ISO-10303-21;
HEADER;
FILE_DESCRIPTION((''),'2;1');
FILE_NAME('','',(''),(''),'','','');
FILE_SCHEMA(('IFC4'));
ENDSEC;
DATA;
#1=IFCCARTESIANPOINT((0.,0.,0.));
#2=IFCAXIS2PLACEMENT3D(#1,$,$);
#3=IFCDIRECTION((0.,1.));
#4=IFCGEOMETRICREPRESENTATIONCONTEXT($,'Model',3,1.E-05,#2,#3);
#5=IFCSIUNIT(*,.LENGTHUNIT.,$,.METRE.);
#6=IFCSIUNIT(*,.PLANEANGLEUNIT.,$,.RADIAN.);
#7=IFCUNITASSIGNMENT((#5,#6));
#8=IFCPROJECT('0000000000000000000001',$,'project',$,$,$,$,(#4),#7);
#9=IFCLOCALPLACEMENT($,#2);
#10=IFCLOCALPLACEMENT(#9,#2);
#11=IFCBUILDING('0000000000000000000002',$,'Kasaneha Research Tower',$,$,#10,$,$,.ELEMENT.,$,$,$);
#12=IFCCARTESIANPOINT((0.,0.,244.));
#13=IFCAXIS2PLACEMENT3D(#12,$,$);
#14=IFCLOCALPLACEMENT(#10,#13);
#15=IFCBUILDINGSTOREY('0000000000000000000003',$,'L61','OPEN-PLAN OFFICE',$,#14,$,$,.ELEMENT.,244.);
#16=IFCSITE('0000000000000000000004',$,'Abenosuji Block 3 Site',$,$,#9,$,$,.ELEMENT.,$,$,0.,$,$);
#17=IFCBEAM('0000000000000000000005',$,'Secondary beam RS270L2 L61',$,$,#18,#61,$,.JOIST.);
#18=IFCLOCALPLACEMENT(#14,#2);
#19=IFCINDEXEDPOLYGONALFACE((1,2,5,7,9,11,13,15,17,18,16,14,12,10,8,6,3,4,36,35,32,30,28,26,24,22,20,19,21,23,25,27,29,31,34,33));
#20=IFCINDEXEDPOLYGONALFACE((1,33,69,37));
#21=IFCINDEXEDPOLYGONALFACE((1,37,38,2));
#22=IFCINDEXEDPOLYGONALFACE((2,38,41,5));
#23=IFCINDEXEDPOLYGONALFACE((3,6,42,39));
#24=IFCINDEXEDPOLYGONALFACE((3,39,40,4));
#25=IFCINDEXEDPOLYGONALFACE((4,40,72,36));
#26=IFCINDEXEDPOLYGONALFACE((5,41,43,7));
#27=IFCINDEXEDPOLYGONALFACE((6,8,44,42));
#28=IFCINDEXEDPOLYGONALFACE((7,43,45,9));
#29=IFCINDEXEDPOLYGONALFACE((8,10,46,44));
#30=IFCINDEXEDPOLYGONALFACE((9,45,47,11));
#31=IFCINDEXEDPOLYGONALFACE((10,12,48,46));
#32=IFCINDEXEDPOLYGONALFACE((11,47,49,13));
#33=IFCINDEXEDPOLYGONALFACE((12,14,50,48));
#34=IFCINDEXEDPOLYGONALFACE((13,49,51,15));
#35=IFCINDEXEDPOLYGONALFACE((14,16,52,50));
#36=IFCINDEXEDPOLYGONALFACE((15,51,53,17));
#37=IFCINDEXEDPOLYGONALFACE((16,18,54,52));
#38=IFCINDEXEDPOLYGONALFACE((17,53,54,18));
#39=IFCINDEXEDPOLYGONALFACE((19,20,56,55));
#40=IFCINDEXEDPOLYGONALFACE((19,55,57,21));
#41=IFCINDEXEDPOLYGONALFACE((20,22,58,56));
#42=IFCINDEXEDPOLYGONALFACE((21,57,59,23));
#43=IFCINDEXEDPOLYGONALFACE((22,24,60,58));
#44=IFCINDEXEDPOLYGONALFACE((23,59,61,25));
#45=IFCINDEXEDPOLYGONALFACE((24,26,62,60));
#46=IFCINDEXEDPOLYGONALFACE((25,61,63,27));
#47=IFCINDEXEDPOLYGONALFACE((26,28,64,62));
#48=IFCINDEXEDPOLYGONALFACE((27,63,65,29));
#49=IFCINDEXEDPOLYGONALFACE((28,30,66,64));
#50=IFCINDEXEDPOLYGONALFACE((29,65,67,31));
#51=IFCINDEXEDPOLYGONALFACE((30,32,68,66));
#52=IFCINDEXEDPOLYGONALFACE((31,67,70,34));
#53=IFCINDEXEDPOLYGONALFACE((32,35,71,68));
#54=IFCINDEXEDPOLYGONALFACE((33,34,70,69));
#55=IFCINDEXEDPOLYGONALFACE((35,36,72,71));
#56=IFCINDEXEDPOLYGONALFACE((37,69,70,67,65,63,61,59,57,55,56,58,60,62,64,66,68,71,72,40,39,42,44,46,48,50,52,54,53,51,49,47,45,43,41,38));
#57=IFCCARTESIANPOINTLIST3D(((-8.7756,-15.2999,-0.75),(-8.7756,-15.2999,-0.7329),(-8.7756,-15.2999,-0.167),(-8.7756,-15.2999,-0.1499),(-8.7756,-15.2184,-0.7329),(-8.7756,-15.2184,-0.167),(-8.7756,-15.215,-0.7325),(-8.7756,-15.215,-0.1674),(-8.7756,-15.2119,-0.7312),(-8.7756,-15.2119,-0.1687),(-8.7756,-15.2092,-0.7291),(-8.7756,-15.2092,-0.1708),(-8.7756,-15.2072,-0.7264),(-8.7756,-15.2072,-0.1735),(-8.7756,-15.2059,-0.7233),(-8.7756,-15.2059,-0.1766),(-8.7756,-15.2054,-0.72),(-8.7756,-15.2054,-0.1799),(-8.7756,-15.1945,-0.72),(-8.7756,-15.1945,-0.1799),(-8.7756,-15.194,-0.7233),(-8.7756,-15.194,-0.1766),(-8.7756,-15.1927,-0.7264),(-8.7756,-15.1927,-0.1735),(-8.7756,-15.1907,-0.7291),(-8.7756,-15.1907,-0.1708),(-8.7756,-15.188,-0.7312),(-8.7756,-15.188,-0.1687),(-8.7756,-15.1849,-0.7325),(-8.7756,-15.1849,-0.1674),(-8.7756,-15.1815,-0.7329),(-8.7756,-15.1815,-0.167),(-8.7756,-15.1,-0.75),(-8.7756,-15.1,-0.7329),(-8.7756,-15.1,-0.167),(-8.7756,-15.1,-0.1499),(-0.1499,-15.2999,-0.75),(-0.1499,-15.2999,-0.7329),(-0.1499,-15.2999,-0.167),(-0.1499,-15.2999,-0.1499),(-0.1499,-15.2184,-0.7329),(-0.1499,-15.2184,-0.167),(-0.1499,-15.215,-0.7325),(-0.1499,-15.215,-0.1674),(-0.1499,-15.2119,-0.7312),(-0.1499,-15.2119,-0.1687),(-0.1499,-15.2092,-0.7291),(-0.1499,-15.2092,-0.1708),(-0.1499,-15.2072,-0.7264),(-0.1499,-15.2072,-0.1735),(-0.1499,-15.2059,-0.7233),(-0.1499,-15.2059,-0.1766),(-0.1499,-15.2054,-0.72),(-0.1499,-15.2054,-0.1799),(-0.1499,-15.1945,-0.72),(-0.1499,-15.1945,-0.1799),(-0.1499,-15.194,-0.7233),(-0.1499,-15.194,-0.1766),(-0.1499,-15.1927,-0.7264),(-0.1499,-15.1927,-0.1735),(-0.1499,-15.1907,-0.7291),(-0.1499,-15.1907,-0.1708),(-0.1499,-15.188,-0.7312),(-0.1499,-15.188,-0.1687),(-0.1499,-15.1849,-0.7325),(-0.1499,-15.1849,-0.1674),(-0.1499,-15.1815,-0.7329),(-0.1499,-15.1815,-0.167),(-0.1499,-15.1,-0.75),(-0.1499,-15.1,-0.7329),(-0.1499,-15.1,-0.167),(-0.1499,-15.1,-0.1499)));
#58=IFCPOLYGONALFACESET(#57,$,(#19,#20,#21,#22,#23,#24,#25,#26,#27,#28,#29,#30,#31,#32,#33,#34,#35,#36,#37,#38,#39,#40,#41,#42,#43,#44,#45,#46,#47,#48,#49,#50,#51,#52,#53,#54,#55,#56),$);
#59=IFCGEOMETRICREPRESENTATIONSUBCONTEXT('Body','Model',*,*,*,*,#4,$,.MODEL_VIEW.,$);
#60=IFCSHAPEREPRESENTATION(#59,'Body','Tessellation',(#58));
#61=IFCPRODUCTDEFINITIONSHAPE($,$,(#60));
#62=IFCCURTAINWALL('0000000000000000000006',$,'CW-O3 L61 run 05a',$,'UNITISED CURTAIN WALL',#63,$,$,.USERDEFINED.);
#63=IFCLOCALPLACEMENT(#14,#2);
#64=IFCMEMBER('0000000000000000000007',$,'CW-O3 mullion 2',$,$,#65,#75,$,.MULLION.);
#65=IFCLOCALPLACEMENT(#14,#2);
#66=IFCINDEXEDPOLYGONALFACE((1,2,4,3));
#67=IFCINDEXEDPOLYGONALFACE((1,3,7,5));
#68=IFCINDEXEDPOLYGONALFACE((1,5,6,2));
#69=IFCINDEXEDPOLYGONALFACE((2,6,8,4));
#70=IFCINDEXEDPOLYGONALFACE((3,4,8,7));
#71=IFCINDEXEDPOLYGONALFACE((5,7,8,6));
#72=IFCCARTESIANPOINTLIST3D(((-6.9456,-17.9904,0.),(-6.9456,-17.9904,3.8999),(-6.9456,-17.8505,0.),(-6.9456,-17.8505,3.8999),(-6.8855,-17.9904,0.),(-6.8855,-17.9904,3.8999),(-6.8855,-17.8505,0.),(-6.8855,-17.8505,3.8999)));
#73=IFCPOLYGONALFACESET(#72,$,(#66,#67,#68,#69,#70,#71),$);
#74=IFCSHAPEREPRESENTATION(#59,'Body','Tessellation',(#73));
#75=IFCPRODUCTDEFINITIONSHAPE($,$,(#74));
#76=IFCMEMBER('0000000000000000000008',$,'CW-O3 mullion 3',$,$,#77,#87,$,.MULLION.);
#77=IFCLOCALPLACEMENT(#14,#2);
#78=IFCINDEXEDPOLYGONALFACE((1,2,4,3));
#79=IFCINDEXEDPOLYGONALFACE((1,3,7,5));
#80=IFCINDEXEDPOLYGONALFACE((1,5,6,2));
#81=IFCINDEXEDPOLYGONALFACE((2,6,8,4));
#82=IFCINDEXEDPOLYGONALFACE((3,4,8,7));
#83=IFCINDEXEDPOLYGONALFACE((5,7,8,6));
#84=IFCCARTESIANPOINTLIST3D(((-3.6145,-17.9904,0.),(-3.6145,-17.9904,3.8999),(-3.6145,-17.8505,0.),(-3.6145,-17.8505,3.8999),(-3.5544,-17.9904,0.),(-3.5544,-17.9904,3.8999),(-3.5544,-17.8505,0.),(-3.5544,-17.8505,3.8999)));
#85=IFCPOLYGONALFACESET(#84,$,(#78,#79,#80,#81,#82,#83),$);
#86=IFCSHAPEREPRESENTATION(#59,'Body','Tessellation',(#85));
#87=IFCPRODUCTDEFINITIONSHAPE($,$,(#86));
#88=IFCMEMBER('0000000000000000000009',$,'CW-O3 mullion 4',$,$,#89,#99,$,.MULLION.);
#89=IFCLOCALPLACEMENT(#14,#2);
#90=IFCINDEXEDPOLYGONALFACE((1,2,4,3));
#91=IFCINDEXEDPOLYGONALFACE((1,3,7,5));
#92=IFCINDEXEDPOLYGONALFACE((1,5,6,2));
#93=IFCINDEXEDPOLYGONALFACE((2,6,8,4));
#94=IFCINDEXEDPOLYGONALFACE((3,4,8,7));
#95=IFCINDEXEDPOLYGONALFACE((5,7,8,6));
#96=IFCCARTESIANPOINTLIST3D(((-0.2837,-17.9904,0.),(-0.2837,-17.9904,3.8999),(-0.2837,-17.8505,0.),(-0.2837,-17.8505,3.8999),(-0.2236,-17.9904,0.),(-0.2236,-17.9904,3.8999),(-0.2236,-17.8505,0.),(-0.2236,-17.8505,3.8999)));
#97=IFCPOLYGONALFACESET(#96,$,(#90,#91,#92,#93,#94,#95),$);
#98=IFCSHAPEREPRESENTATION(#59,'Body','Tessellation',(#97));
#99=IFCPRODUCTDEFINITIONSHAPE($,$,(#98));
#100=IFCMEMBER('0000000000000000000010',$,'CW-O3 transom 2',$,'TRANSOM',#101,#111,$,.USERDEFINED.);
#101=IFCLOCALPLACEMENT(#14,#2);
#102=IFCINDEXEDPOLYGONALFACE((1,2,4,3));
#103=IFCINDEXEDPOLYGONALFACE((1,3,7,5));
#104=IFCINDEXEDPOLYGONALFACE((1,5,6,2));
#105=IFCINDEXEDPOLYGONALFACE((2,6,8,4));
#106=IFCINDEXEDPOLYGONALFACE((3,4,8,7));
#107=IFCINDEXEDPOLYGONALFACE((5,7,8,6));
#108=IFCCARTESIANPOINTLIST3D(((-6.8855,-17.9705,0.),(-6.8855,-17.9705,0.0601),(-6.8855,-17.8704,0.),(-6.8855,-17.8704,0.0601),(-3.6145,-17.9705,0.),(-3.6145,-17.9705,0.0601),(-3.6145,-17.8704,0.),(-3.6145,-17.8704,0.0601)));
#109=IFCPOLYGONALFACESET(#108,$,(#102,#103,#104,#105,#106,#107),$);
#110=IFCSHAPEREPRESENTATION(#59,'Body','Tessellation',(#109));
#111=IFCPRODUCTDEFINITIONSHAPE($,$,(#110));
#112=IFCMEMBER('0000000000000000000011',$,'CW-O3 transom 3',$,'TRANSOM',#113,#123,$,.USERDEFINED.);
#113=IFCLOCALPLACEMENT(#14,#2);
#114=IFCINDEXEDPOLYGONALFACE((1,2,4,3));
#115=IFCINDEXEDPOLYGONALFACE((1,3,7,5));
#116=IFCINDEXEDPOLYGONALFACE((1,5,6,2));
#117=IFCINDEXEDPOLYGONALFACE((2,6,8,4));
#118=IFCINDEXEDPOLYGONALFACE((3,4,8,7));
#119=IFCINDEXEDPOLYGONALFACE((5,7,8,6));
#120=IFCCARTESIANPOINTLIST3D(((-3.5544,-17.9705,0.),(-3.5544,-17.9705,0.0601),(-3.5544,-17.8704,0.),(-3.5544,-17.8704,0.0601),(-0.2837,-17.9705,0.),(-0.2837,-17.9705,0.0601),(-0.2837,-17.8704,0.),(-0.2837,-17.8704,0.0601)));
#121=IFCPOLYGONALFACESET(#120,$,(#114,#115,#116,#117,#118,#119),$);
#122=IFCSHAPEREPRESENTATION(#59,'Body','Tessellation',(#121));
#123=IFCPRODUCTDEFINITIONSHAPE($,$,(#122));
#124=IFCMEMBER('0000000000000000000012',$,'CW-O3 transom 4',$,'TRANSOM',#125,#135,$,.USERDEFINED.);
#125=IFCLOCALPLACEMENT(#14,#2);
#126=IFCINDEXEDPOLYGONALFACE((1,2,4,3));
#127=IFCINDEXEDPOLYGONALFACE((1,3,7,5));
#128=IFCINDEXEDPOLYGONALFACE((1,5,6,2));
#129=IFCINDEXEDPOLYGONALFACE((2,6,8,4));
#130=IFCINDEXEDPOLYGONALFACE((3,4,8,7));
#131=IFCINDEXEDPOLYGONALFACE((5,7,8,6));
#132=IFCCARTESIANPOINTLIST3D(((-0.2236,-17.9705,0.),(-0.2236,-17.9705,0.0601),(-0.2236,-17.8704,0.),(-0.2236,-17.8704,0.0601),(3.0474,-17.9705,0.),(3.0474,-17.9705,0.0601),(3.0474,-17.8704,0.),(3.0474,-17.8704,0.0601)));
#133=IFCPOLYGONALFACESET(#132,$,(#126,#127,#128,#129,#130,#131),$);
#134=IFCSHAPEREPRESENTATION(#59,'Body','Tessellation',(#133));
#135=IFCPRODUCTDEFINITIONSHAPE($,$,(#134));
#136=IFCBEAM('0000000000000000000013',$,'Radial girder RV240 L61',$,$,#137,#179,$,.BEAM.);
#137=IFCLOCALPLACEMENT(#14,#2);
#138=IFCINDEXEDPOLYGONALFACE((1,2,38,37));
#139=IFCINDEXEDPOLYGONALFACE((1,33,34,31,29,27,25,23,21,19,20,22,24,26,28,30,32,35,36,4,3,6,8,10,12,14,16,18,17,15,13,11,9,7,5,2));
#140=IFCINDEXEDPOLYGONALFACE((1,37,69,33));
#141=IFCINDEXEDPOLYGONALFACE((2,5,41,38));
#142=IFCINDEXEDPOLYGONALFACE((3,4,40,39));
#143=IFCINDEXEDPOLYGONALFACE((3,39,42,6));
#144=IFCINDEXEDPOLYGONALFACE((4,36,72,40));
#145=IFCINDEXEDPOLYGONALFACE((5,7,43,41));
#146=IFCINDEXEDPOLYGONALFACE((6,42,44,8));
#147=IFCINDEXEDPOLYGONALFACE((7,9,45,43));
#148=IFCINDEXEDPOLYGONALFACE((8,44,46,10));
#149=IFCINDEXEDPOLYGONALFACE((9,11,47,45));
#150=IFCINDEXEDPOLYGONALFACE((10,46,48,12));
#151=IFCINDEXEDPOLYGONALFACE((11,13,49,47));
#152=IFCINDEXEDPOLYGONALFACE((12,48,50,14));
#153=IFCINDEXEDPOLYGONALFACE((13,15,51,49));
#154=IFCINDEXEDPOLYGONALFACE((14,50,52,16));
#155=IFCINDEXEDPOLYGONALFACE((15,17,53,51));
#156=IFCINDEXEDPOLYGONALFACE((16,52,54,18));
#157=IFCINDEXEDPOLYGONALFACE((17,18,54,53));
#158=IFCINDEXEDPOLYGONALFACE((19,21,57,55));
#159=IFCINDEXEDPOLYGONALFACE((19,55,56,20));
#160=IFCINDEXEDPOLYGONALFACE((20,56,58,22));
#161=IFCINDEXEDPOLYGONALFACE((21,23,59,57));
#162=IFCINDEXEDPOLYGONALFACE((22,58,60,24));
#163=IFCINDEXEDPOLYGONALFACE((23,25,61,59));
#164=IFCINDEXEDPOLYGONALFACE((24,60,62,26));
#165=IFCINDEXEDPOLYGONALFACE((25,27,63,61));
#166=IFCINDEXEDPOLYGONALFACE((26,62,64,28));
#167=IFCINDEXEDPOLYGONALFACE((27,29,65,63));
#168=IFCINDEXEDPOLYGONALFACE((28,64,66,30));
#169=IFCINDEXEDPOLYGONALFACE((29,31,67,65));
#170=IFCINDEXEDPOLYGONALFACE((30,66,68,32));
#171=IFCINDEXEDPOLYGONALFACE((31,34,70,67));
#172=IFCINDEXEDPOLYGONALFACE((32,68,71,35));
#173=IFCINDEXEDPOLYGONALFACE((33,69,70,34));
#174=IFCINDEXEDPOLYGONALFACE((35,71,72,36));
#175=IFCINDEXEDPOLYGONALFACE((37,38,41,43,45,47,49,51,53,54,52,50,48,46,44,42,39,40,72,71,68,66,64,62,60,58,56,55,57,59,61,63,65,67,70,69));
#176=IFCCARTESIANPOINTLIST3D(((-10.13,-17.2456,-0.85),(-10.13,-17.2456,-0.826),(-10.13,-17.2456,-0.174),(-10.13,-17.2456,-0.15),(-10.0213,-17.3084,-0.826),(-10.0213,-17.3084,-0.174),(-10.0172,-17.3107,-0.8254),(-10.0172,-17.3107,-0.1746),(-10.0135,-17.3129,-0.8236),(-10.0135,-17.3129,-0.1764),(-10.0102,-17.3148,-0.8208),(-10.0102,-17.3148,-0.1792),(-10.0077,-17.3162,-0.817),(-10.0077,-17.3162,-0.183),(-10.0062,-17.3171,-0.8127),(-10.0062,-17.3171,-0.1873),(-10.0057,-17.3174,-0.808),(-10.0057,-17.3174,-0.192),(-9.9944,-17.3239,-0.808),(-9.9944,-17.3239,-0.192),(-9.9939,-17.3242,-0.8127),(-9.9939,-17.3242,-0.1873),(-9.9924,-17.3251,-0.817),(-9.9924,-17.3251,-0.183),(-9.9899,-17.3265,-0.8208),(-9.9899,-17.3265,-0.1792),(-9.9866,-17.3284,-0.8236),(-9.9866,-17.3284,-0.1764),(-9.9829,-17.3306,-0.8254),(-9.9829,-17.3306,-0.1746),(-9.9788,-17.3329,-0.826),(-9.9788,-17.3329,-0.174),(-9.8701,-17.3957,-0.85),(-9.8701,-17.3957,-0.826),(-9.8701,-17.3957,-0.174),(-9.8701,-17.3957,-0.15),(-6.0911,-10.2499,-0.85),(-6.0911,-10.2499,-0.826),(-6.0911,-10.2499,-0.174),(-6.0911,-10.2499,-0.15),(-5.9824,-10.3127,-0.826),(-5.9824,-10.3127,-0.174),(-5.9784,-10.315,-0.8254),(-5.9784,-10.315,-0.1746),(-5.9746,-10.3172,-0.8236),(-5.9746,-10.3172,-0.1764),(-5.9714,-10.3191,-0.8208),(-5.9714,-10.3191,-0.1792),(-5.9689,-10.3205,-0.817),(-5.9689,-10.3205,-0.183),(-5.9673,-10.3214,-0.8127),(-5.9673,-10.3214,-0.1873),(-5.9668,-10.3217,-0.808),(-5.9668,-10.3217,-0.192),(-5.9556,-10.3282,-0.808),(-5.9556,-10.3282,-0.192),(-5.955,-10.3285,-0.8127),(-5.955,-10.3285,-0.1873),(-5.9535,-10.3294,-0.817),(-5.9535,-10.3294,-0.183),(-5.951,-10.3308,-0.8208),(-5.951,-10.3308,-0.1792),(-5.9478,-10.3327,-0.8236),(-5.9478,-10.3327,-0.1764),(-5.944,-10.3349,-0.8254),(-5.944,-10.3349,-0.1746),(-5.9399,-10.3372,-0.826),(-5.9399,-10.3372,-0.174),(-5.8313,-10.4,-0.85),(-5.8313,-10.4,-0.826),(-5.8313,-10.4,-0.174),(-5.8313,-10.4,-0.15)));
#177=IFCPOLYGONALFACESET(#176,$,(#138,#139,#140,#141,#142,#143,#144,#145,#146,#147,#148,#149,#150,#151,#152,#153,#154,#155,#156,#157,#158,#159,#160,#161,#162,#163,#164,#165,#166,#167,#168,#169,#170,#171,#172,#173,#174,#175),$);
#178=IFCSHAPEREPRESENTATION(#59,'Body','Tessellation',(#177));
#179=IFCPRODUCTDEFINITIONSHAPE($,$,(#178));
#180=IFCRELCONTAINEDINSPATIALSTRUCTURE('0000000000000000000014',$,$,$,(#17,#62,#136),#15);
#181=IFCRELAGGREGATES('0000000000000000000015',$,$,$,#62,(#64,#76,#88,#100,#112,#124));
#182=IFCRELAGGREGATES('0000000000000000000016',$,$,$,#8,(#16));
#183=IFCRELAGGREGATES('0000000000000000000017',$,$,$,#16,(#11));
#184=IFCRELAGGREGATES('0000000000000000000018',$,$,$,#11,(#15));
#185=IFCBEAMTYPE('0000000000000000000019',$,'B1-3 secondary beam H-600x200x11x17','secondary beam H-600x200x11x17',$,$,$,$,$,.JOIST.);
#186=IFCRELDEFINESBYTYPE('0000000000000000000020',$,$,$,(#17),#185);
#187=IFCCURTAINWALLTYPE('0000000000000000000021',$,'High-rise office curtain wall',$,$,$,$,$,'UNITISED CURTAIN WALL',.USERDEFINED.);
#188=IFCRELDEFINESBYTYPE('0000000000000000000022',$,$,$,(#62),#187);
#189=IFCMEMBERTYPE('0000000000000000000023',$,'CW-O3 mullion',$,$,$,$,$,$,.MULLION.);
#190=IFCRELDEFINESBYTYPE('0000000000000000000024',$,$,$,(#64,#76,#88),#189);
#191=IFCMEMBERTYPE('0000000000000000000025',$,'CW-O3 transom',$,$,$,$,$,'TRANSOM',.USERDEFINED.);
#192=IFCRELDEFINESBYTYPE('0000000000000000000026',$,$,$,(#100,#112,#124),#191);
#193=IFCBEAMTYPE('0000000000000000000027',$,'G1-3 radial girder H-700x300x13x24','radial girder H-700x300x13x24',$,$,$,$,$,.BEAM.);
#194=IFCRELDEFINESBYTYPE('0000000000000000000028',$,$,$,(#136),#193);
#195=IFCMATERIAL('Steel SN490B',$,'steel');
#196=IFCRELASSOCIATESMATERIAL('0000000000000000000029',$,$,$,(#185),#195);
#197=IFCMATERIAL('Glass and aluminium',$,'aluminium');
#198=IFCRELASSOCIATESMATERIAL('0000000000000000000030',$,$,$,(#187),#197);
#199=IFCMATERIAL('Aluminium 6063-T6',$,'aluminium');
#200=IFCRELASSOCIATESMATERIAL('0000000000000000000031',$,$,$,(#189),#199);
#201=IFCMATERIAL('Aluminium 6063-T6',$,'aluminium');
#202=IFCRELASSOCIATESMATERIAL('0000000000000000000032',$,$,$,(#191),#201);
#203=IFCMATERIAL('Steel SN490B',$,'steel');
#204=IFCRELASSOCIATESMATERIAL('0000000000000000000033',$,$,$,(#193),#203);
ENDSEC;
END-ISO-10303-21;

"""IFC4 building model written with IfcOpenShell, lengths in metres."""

from ifc_helpers import new_model, si_unit, direction, frame, origin, origin_2d, place, context, subcontext, project, spatial, rectangle, i_section, extrude, material, material_profile, profile_set, type_object, element, aggregate, save


model = new_model("IFC4")

# Units and contexts
model_context = context("Model", 3, precision=1e-05, world=origin(), true_north=direction((0.0, 1.0)))
body_context = subcontext(model_context, "Body", "Model", "MODEL_VIEW")
ifc_project = project(units=[si_unit("LENGTHUNIT", "METRE"), si_unit("PLANEANGLEUNIT", "RADIAN")], contexts=[model_context])

# Site, building, storey
site_placement = place(None, origin())
site = spatial("IfcSite", under=ifc_project, at=site_placement, Name="Abenosuji Block 3 Site", CompositionType="ELEMENT", RefElevation=0.0)
building_placement = place(site_placement, origin())
building = spatial("IfcBuilding", under=site, at=building_placement, Name="Kasaneha Research Tower", CompositionType="ELEMENT")
storey_placement = place(building_placement, frame((0.0, 0.0, 244.0)))
storey = spatial("IfcBuildingStorey", under=building, at=storey_placement, Name="L61", Description="OPEN-PLAN OFFICE", CompositionType="ELEMENT", Elevation=244.0)

# Beam
ifc_material_1 = material(Name="Steel SN490B", Category="steel")
ifc_material_profile_1 = material_profile(ifc_material_1, i_section(OverallWidth=0.2, OverallDepth=0.6001, WebThickness=0.011, FlangeThickness=0.0171, FilletRadius=0.0129, at=origin_2d()), Name="H-600x200x11x17")
ifc_profile_set_1 = profile_set([ifc_material_profile_1], Name="Steel SN490B")
beam_type_1 = type_object("IfcBeamType", Name="B1-3 secondary beam H-600x200x11x17", Description="secondary beam H-600x200x11x17", PredefinedType="JOIST", material=ifc_profile_set_1)
beam_1_placement = place(storey_placement, frame((-8.7756, -15.2, -0.45), z_axis=(1.0, 0.0, 0.0), x_axis=(0.0, 1.0, 0.0)))
element("IfcBeam", 1, at=beam_1_placement, inside=storey, type_object=beam_type_1, Name="Secondary beam RS270L2 L61", PredefinedType="JOIST", context=body_context, shape_type="SweptSolid", body=[
    extrude(i_section(OverallWidth=0.2, OverallDepth=0.6001, WebThickness=0.011, FlangeThickness=0.0171, FilletRadius=0.0129, at=origin_2d()), origin(), (0.0, 0.0, 1.0), 8.6257),
])

# Curtain wall, members
ifc_material_2 = material(Name="Glass and aluminium", Category="aluminium")
curtain_wall_type = type_object("IfcCurtainWallType", Name="High-rise office curtain wall", ElementType="UNITISED CURTAIN WALL", PredefinedType="USERDEFINED", material=ifc_material_2)
curtain_wall_placement = place(storey_placement, origin())
curtain_wall = element("IfcCurtainWall", 2, at=curtain_wall_placement, inside=storey, type_object=curtain_wall_type, Name="CW-O3 L61 run 05a", ObjectType="UNITISED CURTAIN WALL", PredefinedType="USERDEFINED")
ifc_material_3 = material(Name="Aluminium 6063-T6", Category="aluminium")
ifc_material_profile_2 = material_profile(ifc_material_3, rectangle(XDim=0.0601, YDim=0.1399, at=origin_2d()), Name="CW-O3 mullion 60x140")
ifc_profile_set_2 = profile_set([ifc_material_profile_2], Name="Aluminium 6063-T6")
member_type_1 = type_object("IfcMemberType", Name="CW-O3 mullion", PredefinedType="MULLION", material=ifc_profile_set_2)
member_1_placement = place(storey_placement, frame((-6.9155, -17.9204, 0.0), z_axis=(0.0, 0.0, 1.0), x_axis=(1.0, 0.0, 0.0)))
member_1 = element("IfcMember", 3, at=member_1_placement, type_object=member_type_1, Name="CW-O3 mullion 2", PredefinedType="MULLION", context=body_context, shape_type="SweptSolid", body=[
    extrude(rectangle(XDim=0.0601, YDim=0.1399, at=origin_2d()), origin(), (0.0, 0.0, 1.0), 3.8999),
])
member_2_placement = place(storey_placement, frame((-3.5845, -17.9204, 0.0), z_axis=(0.0, 0.0, 1.0), x_axis=(1.0, 0.0, 0.0)))
member_2 = element("IfcMember", 4, at=member_2_placement, type_object=member_type_1, Name="CW-O3 mullion 3", PredefinedType="MULLION", context=body_context, shape_type="SweptSolid", body=[
    extrude(rectangle(XDim=0.0601, YDim=0.1399, at=origin_2d()), origin(), (0.0, 0.0, 1.0), 3.8999),
])
member_3_placement = place(storey_placement, frame((-0.2537, -17.9204, 0.0), z_axis=(0.0, 0.0, 1.0), x_axis=(1.0, 0.0, 0.0)))
member_3 = element("IfcMember", 5, at=member_3_placement, type_object=member_type_1, Name="CW-O3 mullion 4", PredefinedType="MULLION", context=body_context, shape_type="SweptSolid", body=[
    extrude(rectangle(XDim=0.0601, YDim=0.1399, at=origin_2d()), origin(), (0.0, 0.0, 1.0), 3.8999),
])
ifc_material_4 = material(Name="Aluminium 6063-T6", Category="aluminium")
ifc_material_profile_3 = material_profile(ifc_material_4, rectangle(XDim=0.1001, YDim=0.0601, at=origin_2d()), Name="CW-O3 transom 100x60")
ifc_profile_set_3 = profile_set([ifc_material_profile_3], Name="Aluminium 6063-T6")
member_type_2 = type_object("IfcMemberType", Name="CW-O3 transom", ElementType="TRANSOM", PredefinedType="USERDEFINED", material=ifc_profile_set_3)
member_4_placement = place(storey_placement, frame((-6.8855, -17.9204, 0.03), z_axis=(1.0, 0.0, 0.0), x_axis=(0.0, 1.0, 0.0)))
member_4 = element("IfcMember", 6, at=member_4_placement, type_object=member_type_2, Name="CW-O3 transom 2", ObjectType="TRANSOM", PredefinedType="USERDEFINED", context=body_context, shape_type="SweptSolid", body=[
    extrude(rectangle(XDim=0.1001, YDim=0.0601, at=origin_2d()), origin(), (0.0, 0.0, 1.0), 3.271),
])
member_5_placement = place(storey_placement, frame((-3.5544, -17.9204, 0.03), z_axis=(1.0, 0.0, 0.0), x_axis=(0.0, 1.0, 0.0)))
member_5 = element("IfcMember", 7, at=member_5_placement, type_object=member_type_2, Name="CW-O3 transom 3", ObjectType="TRANSOM", PredefinedType="USERDEFINED", context=body_context, shape_type="SweptSolid", body=[
    extrude(rectangle(XDim=0.1001, YDim=0.0601, at=origin_2d()), origin(), (0.0, 0.0, 1.0), 3.2708),
])
member_6_placement = place(storey_placement, frame((-0.2236, -17.9204, 0.03), z_axis=(1.0, 0.0, 0.0), x_axis=(0.0, 1.0, 0.0)))
member_6 = element("IfcMember", 8, at=member_6_placement, type_object=member_type_2, Name="CW-O3 transom 4", ObjectType="TRANSOM", PredefinedType="USERDEFINED", context=body_context, shape_type="SweptSolid", body=[
    extrude(rectangle(XDim=0.1001, YDim=0.0601, at=origin_2d()), origin(), (0.0, 0.0, 1.0), 3.271),
])

# Beam
ifc_material_5 = material(Name="Steel SN490B", Category="steel")
ifc_material_profile_4 = material_profile(ifc_material_5, i_section(OverallWidth=0.3, OverallDepth=0.7, WebThickness=0.0129, FlangeThickness=0.0239, FilletRadius=0.0181, at=origin_2d()), Name="H-700x300x13x24")
ifc_profile_set_4 = profile_set([ifc_material_profile_4], Name="Steel SN490B")
beam_type_2 = type_object("IfcBeamType", Name="G1-3 radial girder H-700x300x13x24", Description="radial girder H-700x300x13x24", PredefinedType="BEAM", material=ifc_profile_set_4)
beam_2_placement = place(storey_placement, frame((-5.9612, -10.325, -0.5), z_axis=(-0.499991, -0.866031, 0.0), x_axis=(0.866031, -0.499991, 0.0)))
element("IfcBeam", 9, at=beam_2_placement, inside=storey, type_object=beam_type_2, Name="Radial girder RV240 L61", PredefinedType="BEAM", context=body_context, shape_type="SweptSolid", body=[
    extrude(i_section(OverallWidth=0.3, OverallDepth=0.7, WebThickness=0.0129, FlangeThickness=0.0239, FilletRadius=0.0181, at=origin_2d()), origin(), (0.0, 0.0, 1.0), 8.0779),
])

aggregate(curtain_wall, [member_1, member_2, member_3, member_4, member_5, member_6])

save(model, "model.ifc")
